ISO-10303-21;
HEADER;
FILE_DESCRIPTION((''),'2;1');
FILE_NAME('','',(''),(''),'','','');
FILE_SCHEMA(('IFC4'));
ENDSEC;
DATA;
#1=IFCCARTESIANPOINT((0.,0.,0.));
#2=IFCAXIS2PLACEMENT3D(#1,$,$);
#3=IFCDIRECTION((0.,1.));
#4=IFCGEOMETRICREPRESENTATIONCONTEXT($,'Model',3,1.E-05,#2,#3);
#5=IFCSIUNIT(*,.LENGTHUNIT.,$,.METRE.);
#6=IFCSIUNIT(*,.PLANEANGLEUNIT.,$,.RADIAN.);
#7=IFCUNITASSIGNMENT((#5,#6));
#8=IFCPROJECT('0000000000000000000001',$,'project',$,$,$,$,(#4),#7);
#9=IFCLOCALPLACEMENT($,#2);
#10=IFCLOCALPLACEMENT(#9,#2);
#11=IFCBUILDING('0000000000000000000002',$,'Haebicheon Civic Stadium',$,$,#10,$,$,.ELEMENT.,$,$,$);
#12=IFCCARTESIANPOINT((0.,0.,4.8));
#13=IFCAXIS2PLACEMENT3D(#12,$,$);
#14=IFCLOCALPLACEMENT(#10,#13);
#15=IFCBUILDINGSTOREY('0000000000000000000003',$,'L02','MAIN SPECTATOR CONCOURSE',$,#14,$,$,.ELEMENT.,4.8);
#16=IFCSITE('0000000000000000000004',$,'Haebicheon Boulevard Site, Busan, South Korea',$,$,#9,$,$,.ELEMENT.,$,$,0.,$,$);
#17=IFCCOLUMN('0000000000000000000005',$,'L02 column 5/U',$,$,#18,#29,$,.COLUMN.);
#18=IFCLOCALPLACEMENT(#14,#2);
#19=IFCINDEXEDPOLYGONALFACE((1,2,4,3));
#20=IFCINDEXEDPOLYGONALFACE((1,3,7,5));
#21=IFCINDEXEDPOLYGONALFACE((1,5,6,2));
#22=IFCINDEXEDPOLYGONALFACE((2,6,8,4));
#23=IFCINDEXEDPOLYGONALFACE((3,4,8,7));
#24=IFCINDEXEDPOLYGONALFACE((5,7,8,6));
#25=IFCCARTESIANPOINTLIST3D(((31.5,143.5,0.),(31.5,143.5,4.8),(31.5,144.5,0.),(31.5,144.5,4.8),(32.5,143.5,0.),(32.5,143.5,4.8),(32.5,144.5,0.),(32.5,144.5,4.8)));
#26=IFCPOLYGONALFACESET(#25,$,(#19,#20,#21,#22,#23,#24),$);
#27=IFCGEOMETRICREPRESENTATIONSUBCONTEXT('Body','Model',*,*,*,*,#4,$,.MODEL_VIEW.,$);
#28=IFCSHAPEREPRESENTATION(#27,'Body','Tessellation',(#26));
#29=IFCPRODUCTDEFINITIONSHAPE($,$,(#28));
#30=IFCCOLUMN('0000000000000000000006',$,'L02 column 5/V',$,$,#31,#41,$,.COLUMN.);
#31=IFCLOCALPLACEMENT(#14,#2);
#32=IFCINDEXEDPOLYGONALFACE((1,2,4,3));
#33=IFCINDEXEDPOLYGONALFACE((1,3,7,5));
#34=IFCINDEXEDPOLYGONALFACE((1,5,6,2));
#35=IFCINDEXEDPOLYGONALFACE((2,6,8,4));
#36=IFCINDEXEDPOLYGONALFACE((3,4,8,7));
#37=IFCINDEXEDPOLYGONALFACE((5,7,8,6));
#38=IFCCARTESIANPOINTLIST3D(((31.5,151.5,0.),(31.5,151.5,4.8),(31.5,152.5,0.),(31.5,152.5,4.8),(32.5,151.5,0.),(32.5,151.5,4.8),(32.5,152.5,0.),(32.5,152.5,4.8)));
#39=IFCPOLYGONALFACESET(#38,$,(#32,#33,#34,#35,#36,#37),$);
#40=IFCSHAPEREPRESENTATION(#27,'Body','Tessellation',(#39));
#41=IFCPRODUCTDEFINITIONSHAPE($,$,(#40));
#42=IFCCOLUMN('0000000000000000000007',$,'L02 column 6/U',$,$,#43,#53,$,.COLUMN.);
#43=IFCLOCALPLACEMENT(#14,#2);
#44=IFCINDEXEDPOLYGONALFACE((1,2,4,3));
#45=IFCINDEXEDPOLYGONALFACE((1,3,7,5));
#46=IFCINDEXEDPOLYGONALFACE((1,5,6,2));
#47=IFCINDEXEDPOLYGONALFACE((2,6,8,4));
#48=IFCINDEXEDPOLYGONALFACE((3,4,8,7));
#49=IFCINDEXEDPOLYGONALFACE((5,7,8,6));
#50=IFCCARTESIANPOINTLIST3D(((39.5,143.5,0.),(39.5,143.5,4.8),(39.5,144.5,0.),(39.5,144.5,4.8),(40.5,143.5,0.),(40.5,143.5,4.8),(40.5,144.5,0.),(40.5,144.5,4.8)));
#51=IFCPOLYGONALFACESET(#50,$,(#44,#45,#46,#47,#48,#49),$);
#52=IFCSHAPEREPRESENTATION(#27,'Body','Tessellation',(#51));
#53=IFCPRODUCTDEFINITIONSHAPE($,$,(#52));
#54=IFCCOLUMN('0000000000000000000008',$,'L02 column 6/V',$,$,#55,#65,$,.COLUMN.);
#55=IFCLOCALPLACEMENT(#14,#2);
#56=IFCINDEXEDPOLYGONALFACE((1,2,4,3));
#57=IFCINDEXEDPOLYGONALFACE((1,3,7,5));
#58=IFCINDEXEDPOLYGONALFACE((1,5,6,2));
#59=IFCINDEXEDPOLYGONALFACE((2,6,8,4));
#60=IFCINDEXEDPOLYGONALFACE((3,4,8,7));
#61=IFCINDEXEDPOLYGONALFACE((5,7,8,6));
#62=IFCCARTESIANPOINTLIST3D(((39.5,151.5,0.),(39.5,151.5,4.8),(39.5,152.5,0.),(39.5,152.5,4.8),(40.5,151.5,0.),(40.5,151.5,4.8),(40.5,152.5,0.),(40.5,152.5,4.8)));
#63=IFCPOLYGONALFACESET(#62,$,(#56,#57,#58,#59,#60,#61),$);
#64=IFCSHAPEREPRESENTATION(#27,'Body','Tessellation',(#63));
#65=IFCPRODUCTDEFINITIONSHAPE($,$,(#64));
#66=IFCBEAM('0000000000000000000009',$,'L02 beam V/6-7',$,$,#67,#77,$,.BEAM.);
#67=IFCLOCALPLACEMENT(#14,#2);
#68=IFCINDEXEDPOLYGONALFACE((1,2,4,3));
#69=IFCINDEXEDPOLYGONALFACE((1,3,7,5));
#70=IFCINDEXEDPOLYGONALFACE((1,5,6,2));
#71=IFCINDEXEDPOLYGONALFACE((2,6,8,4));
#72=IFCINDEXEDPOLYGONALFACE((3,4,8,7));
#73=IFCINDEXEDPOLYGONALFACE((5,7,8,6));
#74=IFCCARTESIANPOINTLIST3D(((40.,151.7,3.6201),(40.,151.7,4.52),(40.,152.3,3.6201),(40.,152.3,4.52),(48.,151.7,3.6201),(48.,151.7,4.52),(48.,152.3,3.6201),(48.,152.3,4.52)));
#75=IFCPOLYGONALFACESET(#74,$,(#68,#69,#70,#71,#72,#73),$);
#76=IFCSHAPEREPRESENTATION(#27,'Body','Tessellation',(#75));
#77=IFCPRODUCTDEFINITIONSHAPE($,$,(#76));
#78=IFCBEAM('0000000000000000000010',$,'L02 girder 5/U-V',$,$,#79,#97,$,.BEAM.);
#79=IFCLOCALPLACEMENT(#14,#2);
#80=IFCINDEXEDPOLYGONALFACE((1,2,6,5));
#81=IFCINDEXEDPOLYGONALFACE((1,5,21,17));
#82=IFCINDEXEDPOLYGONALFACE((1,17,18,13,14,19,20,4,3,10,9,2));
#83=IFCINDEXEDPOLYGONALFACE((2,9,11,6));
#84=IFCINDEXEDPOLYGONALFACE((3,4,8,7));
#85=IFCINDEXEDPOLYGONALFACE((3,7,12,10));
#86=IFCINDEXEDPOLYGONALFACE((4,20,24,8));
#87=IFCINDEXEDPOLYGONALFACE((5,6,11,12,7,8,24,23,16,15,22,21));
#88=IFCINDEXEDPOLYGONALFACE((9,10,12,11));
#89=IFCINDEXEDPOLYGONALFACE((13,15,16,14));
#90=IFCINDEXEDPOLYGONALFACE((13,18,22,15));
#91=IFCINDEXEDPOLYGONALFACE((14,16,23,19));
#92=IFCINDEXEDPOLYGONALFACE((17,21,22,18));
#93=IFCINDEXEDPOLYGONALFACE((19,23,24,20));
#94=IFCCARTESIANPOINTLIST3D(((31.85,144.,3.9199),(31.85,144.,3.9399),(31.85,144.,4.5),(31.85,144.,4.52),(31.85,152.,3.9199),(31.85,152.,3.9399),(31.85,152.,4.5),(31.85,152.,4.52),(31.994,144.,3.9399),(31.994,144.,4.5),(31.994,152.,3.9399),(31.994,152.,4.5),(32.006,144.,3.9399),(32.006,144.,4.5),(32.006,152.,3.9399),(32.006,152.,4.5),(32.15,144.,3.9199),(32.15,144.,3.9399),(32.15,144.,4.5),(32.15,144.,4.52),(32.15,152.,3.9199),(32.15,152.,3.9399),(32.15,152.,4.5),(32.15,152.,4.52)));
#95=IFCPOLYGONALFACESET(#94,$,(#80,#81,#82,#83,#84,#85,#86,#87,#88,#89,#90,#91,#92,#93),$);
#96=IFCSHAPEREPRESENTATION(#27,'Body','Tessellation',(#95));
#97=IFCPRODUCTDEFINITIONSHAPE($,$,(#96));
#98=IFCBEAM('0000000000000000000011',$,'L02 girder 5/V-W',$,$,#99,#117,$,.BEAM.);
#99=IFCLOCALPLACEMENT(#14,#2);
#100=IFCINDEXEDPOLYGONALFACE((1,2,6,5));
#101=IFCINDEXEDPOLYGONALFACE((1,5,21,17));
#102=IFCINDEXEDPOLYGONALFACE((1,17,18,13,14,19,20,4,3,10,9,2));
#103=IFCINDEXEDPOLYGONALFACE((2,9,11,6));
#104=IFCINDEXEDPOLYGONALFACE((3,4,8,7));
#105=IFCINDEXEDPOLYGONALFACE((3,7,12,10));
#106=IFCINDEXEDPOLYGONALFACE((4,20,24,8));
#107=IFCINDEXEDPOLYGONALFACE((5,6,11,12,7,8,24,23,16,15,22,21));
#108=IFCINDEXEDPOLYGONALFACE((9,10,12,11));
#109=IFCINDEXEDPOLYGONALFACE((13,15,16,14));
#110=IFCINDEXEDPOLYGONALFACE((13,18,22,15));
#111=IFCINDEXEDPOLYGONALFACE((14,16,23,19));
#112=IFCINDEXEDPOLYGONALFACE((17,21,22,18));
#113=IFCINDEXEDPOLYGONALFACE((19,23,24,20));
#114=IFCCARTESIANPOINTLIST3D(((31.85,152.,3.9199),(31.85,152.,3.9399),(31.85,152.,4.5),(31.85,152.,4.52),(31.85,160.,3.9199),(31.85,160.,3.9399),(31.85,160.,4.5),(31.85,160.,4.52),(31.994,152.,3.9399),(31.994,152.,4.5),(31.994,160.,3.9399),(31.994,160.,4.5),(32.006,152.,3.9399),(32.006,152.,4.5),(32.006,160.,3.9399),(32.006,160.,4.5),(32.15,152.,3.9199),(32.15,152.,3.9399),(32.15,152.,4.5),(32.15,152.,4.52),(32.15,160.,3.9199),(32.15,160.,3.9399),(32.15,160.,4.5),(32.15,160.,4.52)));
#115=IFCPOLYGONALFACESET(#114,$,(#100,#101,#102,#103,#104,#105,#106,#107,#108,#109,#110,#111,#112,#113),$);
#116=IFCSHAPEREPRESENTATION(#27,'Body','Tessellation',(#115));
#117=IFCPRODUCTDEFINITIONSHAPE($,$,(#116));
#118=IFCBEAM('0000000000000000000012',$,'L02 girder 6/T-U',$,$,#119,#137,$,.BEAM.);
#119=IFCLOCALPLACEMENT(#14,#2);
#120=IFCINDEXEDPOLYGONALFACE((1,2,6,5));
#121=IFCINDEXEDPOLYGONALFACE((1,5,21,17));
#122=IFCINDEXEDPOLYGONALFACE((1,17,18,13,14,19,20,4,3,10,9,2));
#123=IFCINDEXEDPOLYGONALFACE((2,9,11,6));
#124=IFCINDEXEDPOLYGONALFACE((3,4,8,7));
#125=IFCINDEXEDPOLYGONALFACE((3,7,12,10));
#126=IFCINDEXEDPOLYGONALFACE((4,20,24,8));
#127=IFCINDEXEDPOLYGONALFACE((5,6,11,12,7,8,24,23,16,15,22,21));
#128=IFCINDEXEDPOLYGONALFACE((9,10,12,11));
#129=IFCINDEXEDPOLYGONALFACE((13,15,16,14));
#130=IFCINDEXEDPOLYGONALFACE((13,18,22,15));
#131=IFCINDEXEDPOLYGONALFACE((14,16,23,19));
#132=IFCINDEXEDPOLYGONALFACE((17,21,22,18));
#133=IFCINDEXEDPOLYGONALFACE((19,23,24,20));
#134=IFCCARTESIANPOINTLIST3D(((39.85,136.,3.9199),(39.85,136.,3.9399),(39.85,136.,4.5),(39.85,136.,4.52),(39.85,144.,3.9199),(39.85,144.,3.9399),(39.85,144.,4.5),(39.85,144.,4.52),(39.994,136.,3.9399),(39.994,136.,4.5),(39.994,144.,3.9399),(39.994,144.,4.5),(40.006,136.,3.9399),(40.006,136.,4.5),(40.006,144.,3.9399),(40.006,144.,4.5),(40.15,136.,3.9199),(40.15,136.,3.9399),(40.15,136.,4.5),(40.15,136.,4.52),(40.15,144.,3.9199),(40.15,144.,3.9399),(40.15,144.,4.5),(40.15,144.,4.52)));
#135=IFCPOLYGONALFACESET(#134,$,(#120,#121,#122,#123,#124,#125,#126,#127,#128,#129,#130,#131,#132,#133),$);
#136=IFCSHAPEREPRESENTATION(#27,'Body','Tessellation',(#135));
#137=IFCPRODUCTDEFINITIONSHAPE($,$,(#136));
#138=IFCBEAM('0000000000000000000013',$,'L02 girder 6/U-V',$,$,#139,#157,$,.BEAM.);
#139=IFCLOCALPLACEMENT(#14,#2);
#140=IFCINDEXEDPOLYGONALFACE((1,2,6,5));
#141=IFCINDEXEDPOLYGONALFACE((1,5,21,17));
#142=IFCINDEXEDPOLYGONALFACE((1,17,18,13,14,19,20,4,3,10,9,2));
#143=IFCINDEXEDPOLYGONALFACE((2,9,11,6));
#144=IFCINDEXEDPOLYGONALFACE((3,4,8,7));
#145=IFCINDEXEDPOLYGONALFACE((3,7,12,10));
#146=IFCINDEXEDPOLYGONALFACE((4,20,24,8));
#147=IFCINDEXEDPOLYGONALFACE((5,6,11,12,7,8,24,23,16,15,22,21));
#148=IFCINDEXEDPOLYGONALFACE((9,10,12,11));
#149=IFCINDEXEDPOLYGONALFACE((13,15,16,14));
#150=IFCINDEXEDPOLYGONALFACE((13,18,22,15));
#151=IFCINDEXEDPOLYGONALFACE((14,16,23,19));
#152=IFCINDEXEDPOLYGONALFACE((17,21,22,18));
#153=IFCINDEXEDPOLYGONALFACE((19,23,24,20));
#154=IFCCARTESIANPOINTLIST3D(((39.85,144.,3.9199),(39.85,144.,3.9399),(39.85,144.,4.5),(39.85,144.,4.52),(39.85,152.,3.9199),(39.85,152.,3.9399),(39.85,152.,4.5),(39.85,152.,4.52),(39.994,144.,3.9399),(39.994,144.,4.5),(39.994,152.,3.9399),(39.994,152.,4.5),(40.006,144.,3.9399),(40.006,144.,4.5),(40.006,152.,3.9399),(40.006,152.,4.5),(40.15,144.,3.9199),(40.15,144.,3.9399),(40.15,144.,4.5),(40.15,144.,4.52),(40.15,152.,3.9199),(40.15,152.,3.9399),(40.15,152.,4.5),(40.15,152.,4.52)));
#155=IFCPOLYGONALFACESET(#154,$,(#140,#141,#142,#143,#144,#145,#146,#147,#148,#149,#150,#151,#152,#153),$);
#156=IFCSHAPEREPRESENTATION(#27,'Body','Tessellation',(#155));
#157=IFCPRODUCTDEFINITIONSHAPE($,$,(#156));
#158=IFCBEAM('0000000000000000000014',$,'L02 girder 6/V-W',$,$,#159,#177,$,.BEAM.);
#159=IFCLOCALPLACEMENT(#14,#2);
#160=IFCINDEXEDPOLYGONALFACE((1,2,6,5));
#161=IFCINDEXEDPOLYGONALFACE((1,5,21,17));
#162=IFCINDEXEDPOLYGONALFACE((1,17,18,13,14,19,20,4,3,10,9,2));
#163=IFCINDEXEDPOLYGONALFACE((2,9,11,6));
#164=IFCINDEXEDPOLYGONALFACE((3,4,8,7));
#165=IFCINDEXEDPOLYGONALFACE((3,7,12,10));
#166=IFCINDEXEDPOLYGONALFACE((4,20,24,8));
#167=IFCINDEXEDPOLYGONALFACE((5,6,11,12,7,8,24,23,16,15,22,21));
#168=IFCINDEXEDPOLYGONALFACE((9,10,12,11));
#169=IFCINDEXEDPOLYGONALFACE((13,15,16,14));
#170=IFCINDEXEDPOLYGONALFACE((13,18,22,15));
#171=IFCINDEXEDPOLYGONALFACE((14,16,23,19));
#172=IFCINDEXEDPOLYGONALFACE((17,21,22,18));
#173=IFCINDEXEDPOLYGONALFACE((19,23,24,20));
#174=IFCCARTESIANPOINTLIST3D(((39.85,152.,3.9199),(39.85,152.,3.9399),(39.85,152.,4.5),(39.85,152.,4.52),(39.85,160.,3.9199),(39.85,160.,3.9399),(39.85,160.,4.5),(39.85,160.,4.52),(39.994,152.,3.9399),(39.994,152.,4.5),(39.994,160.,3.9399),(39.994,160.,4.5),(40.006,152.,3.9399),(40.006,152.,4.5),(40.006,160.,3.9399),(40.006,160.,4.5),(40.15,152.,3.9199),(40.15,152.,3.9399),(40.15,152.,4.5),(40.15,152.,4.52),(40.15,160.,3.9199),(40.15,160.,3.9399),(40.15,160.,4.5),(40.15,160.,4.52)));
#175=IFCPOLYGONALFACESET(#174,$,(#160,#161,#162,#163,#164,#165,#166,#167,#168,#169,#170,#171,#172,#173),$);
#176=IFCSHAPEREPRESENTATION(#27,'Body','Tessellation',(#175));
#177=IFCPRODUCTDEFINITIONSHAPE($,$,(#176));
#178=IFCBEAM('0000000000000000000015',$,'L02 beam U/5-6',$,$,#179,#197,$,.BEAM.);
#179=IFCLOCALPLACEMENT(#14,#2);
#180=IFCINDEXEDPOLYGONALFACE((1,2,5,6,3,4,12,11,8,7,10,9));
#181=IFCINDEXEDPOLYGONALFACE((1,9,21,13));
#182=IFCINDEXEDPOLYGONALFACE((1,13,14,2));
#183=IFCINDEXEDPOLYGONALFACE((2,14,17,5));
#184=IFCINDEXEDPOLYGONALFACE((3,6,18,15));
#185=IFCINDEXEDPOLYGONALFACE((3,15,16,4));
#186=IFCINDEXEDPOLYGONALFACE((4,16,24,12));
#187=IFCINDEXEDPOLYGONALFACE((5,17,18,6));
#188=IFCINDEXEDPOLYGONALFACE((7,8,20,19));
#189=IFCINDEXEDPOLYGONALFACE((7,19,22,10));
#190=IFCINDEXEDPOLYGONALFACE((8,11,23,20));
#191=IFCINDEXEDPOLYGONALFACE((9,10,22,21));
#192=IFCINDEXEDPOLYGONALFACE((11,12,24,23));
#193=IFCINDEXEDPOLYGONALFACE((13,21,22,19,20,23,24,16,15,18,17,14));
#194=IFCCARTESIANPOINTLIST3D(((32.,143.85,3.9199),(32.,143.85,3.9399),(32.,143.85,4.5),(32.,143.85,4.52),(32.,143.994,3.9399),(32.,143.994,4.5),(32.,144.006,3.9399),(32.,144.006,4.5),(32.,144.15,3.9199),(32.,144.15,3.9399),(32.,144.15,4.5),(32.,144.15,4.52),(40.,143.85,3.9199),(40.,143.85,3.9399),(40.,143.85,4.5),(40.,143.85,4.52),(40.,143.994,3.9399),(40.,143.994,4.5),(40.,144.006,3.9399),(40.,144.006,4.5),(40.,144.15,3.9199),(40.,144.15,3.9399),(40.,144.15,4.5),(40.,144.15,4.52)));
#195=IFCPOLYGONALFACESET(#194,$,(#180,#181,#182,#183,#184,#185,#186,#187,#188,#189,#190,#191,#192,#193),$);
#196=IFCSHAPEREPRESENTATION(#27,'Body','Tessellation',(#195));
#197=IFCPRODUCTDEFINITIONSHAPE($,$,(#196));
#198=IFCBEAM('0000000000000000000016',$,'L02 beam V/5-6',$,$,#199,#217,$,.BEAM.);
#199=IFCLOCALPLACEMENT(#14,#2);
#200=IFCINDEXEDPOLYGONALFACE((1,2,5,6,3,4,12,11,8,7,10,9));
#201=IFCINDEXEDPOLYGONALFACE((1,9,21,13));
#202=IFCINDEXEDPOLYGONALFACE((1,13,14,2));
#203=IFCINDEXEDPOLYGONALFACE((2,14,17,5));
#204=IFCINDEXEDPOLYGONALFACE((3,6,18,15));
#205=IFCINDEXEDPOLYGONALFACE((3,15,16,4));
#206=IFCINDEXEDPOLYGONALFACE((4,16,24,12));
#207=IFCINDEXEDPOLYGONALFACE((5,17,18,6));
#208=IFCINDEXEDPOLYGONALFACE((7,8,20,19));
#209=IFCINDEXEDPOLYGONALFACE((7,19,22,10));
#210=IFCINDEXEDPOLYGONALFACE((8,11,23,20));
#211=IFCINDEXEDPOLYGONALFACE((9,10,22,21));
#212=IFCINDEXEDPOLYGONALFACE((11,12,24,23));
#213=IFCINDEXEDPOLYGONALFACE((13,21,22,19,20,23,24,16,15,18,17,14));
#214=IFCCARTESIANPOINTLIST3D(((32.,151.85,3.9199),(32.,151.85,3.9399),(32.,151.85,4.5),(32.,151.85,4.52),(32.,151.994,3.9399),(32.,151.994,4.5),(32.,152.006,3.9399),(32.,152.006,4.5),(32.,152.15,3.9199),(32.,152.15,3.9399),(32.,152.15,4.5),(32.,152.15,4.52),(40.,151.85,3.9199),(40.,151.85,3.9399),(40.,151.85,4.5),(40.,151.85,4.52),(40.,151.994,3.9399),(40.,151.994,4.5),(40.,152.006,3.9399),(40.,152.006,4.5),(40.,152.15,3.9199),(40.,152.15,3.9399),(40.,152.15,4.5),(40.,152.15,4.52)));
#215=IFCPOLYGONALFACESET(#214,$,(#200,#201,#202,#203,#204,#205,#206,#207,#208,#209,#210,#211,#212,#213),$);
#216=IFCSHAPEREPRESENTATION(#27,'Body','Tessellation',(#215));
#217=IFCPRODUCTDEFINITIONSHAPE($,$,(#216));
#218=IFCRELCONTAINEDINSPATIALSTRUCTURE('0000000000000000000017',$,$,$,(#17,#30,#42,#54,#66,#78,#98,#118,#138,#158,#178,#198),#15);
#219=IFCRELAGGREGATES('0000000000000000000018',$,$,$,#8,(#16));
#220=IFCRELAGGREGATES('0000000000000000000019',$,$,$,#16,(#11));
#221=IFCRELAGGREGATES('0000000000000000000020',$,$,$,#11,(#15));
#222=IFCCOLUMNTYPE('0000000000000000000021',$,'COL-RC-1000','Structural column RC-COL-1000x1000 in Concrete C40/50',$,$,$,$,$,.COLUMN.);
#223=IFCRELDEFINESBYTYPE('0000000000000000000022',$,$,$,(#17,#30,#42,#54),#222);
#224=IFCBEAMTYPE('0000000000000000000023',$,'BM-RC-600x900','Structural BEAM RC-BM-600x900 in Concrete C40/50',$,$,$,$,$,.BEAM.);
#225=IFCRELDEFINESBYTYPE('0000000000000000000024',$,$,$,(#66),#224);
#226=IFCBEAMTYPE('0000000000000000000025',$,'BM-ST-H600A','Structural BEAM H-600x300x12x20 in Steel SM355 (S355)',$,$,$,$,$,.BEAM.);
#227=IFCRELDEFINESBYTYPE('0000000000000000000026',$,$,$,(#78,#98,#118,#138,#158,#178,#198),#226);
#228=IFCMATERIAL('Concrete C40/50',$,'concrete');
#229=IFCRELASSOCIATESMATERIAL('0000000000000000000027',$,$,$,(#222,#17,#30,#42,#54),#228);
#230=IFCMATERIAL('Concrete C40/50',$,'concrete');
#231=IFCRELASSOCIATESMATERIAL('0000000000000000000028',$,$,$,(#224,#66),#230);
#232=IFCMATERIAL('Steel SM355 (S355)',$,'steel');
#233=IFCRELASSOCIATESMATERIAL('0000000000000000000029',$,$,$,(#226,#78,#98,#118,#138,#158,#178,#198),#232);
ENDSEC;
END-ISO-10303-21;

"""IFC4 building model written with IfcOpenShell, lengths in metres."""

from ifc_helpers import new_model, si_unit, direction, frame, origin, origin_2d, place, context, subcontext, project, spatial, rectangle, i_section, extrude, material, material_profile, profile_set, type_object, element, save


model = new_model("IFC4")

# Units and contexts
model_context = context("Model", 3, precision=1e-05, world=origin(), true_north=direction((0.0, 1.0)))
body_context = subcontext(model_context, "Body", "Model", "MODEL_VIEW")
ifc_project = project(units=[si_unit("LENGTHUNIT", "METRE"), si_unit("PLANEANGLEUNIT", "RADIAN")], contexts=[model_context])

# Site, building, storey
site_placement = place(None, origin())
site = spatial("IfcSite", under=ifc_project, at=site_placement, Name="Haebicheon Boulevard Site, Busan, South Korea", CompositionType="ELEMENT", RefElevation=0.0)
building_placement = place(site_placement, origin())
building = spatial("IfcBuilding", under=site, at=building_placement, Name="Haebicheon Civic Stadium", CompositionType="ELEMENT")
storey_placement = place(building_placement, frame((0.0, 0.0, 4.8)))
storey = spatial("IfcBuildingStorey", under=building, at=storey_placement, Name="L02", Description="MAIN SPECTATOR CONCOURSE", CompositionType="ELEMENT", Elevation=4.8)

# Columns
ifc_material_1 = material(Name="Concrete C40/50", Category="concrete")
ifc_material_profile_1 = material_profile(ifc_material_1, rectangle(XDim=1.0, YDim=1.0, at=origin_2d()), Name="RC-COL-1000x1000")
ifc_profile_set_1 = profile_set([ifc_material_profile_1], Name="Concrete C40/50")
column_type = type_object("IfcColumnType", Name="COL-RC-1000", Description="Structural column RC-COL-1000x1000 in Concrete C40/50", PredefinedType="COLUMN", material=ifc_profile_set_1)
for number, where, z_axis, x_axis, name in (
    (1, (32.0, 144.0, 0.0), (0.0, 0.0, 1.0), (1.0, 0.0, 0.0), "L02 column 5/U"),
    (2, (32.0, 152.0, 0.0), (0.0, 0.0, 1.0), (1.0, 0.0, 0.0), "L02 column 5/V"),
    (3, (40.0, 144.0, 0.0), (0.0, 0.0, 1.0), (1.0, 0.0, 0.0), "L02 column 6/U"),
    (4, (40.0, 152.0, 0.0), (0.0, 0.0, 1.0), (1.0, 0.0, 0.0), "L02 column 6/V"),
):
    element("IfcColumn", number, at=place(storey_placement, frame(where, z_axis=z_axis, x_axis=x_axis)), inside=storey, type_object=column_type, material=ifc_profile_set_1, Name=name, PredefinedType="COLUMN", context=body_context, shape_type="SweptSolid", body=[
        extrude(rectangle(XDim=1.0, YDim=1.0, at=origin_2d()), origin(), (0.0, 0.0, 1.0), 4.8),
    ])

# Beams
ifc_material_2 = material(Name="Concrete C40/50", Category="concrete")
ifc_material_profile_2 = material_profile(ifc_material_2, rectangle(XDim=0.6001, YDim=0.8999, at=origin_2d()), Name="RC-BM-600x900")
ifc_profile_set_2 = profile_set([ifc_material_profile_2], Name="Concrete C40/50")
beam_type_1 = type_object("IfcBeamType", Name="BM-RC-600x900", Description="Structural BEAM RC-BM-600x900 in Concrete C40/50", PredefinedType="BEAM", material=ifc_profile_set_2)
beam_1_placement = place(storey_placement, frame((40.0, 152.0, 4.0701), z_axis=(1.0, 0.0, 0.0), x_axis=(0.0, 1.0, 0.0)))
element("IfcBeam", 5, at=beam_1_placement, inside=storey, type_object=beam_type_1, material=ifc_profile_set_2, Name="L02 beam V/6-7", PredefinedType="BEAM", context=body_context, shape_type="SweptSolid", body=[
    extrude(rectangle(XDim=0.6001, YDim=0.8999, at=origin_2d()), origin(), (0.0, 0.0, 1.0), 8.0),
])
ifc_material_3 = material(Name="Steel SM355 (S355)", Category="steel")
ifc_material_profile_3 = material_profile(ifc_material_3, i_section(OverallWidth=0.3, OverallDepth=0.6001, WebThickness=0.012, FlangeThickness=0.02, at=origin_2d()), Name="H-600x300x12x20")
ifc_profile_set_3 = profile_set([ifc_material_profile_3], Name="Steel SM355 (S355)")
beam_type_2 = type_object("IfcBeamType", Name="BM-ST-H600A", Description="Structural BEAM H-600x300x12x20 in Steel SM355 (S355)", PredefinedType="BEAM", material=ifc_profile_set_3)
for number, where, z_axis, x_axis, name in (
    (6, (32.0, 144.0, 4.22), (0.0, 1.0, 0.0), (-1.0, 0.0, 0.0), "L02 girder 5/U-V"),
    (7, (32.0, 152.0, 4.22), (0.0, 1.0, 0.0), (-1.0, 0.0, 0.0), "L02 girder 5/V-W"),
    (8, (40.0, 136.0, 4.22), (0.0, 1.0, 0.0), (-1.0, 0.0, 0.0), "L02 girder 6/T-U"),
    (9, (40.0, 144.0, 4.22), (0.0, 1.0, 0.0), (-1.0, 0.0, 0.0), "L02 girder 6/U-V"),
    (10, (40.0, 152.0, 4.22), (0.0, 1.0, 0.0), (-1.0, 0.0, 0.0), "L02 girder 6/V-W"),
    (11, (32.0, 144.0, 4.22), (1.0, 0.0, 0.0), (0.0, 1.0, 0.0), "L02 beam U/5-6"),
    (12, (32.0, 152.0, 4.22), (1.0, 0.0, 0.0), (0.0, 1.0, 0.0), "L02 beam V/5-6"),
):
    element("IfcBeam", number, at=place(storey_placement, frame(where, z_axis=z_axis, x_axis=x_axis)), inside=storey, type_object=beam_type_2, material=ifc_profile_set_3, Name=name, PredefinedType="BEAM", context=body_context, shape_type="SweptSolid", body=[
        extrude(i_section(OverallWidth=0.3, OverallDepth=0.6001, WebThickness=0.012, FlangeThickness=0.02, at=origin_2d()), origin(), (0.0, 0.0, 1.0), 8.0),
    ])

save(model, "model.ifc")
